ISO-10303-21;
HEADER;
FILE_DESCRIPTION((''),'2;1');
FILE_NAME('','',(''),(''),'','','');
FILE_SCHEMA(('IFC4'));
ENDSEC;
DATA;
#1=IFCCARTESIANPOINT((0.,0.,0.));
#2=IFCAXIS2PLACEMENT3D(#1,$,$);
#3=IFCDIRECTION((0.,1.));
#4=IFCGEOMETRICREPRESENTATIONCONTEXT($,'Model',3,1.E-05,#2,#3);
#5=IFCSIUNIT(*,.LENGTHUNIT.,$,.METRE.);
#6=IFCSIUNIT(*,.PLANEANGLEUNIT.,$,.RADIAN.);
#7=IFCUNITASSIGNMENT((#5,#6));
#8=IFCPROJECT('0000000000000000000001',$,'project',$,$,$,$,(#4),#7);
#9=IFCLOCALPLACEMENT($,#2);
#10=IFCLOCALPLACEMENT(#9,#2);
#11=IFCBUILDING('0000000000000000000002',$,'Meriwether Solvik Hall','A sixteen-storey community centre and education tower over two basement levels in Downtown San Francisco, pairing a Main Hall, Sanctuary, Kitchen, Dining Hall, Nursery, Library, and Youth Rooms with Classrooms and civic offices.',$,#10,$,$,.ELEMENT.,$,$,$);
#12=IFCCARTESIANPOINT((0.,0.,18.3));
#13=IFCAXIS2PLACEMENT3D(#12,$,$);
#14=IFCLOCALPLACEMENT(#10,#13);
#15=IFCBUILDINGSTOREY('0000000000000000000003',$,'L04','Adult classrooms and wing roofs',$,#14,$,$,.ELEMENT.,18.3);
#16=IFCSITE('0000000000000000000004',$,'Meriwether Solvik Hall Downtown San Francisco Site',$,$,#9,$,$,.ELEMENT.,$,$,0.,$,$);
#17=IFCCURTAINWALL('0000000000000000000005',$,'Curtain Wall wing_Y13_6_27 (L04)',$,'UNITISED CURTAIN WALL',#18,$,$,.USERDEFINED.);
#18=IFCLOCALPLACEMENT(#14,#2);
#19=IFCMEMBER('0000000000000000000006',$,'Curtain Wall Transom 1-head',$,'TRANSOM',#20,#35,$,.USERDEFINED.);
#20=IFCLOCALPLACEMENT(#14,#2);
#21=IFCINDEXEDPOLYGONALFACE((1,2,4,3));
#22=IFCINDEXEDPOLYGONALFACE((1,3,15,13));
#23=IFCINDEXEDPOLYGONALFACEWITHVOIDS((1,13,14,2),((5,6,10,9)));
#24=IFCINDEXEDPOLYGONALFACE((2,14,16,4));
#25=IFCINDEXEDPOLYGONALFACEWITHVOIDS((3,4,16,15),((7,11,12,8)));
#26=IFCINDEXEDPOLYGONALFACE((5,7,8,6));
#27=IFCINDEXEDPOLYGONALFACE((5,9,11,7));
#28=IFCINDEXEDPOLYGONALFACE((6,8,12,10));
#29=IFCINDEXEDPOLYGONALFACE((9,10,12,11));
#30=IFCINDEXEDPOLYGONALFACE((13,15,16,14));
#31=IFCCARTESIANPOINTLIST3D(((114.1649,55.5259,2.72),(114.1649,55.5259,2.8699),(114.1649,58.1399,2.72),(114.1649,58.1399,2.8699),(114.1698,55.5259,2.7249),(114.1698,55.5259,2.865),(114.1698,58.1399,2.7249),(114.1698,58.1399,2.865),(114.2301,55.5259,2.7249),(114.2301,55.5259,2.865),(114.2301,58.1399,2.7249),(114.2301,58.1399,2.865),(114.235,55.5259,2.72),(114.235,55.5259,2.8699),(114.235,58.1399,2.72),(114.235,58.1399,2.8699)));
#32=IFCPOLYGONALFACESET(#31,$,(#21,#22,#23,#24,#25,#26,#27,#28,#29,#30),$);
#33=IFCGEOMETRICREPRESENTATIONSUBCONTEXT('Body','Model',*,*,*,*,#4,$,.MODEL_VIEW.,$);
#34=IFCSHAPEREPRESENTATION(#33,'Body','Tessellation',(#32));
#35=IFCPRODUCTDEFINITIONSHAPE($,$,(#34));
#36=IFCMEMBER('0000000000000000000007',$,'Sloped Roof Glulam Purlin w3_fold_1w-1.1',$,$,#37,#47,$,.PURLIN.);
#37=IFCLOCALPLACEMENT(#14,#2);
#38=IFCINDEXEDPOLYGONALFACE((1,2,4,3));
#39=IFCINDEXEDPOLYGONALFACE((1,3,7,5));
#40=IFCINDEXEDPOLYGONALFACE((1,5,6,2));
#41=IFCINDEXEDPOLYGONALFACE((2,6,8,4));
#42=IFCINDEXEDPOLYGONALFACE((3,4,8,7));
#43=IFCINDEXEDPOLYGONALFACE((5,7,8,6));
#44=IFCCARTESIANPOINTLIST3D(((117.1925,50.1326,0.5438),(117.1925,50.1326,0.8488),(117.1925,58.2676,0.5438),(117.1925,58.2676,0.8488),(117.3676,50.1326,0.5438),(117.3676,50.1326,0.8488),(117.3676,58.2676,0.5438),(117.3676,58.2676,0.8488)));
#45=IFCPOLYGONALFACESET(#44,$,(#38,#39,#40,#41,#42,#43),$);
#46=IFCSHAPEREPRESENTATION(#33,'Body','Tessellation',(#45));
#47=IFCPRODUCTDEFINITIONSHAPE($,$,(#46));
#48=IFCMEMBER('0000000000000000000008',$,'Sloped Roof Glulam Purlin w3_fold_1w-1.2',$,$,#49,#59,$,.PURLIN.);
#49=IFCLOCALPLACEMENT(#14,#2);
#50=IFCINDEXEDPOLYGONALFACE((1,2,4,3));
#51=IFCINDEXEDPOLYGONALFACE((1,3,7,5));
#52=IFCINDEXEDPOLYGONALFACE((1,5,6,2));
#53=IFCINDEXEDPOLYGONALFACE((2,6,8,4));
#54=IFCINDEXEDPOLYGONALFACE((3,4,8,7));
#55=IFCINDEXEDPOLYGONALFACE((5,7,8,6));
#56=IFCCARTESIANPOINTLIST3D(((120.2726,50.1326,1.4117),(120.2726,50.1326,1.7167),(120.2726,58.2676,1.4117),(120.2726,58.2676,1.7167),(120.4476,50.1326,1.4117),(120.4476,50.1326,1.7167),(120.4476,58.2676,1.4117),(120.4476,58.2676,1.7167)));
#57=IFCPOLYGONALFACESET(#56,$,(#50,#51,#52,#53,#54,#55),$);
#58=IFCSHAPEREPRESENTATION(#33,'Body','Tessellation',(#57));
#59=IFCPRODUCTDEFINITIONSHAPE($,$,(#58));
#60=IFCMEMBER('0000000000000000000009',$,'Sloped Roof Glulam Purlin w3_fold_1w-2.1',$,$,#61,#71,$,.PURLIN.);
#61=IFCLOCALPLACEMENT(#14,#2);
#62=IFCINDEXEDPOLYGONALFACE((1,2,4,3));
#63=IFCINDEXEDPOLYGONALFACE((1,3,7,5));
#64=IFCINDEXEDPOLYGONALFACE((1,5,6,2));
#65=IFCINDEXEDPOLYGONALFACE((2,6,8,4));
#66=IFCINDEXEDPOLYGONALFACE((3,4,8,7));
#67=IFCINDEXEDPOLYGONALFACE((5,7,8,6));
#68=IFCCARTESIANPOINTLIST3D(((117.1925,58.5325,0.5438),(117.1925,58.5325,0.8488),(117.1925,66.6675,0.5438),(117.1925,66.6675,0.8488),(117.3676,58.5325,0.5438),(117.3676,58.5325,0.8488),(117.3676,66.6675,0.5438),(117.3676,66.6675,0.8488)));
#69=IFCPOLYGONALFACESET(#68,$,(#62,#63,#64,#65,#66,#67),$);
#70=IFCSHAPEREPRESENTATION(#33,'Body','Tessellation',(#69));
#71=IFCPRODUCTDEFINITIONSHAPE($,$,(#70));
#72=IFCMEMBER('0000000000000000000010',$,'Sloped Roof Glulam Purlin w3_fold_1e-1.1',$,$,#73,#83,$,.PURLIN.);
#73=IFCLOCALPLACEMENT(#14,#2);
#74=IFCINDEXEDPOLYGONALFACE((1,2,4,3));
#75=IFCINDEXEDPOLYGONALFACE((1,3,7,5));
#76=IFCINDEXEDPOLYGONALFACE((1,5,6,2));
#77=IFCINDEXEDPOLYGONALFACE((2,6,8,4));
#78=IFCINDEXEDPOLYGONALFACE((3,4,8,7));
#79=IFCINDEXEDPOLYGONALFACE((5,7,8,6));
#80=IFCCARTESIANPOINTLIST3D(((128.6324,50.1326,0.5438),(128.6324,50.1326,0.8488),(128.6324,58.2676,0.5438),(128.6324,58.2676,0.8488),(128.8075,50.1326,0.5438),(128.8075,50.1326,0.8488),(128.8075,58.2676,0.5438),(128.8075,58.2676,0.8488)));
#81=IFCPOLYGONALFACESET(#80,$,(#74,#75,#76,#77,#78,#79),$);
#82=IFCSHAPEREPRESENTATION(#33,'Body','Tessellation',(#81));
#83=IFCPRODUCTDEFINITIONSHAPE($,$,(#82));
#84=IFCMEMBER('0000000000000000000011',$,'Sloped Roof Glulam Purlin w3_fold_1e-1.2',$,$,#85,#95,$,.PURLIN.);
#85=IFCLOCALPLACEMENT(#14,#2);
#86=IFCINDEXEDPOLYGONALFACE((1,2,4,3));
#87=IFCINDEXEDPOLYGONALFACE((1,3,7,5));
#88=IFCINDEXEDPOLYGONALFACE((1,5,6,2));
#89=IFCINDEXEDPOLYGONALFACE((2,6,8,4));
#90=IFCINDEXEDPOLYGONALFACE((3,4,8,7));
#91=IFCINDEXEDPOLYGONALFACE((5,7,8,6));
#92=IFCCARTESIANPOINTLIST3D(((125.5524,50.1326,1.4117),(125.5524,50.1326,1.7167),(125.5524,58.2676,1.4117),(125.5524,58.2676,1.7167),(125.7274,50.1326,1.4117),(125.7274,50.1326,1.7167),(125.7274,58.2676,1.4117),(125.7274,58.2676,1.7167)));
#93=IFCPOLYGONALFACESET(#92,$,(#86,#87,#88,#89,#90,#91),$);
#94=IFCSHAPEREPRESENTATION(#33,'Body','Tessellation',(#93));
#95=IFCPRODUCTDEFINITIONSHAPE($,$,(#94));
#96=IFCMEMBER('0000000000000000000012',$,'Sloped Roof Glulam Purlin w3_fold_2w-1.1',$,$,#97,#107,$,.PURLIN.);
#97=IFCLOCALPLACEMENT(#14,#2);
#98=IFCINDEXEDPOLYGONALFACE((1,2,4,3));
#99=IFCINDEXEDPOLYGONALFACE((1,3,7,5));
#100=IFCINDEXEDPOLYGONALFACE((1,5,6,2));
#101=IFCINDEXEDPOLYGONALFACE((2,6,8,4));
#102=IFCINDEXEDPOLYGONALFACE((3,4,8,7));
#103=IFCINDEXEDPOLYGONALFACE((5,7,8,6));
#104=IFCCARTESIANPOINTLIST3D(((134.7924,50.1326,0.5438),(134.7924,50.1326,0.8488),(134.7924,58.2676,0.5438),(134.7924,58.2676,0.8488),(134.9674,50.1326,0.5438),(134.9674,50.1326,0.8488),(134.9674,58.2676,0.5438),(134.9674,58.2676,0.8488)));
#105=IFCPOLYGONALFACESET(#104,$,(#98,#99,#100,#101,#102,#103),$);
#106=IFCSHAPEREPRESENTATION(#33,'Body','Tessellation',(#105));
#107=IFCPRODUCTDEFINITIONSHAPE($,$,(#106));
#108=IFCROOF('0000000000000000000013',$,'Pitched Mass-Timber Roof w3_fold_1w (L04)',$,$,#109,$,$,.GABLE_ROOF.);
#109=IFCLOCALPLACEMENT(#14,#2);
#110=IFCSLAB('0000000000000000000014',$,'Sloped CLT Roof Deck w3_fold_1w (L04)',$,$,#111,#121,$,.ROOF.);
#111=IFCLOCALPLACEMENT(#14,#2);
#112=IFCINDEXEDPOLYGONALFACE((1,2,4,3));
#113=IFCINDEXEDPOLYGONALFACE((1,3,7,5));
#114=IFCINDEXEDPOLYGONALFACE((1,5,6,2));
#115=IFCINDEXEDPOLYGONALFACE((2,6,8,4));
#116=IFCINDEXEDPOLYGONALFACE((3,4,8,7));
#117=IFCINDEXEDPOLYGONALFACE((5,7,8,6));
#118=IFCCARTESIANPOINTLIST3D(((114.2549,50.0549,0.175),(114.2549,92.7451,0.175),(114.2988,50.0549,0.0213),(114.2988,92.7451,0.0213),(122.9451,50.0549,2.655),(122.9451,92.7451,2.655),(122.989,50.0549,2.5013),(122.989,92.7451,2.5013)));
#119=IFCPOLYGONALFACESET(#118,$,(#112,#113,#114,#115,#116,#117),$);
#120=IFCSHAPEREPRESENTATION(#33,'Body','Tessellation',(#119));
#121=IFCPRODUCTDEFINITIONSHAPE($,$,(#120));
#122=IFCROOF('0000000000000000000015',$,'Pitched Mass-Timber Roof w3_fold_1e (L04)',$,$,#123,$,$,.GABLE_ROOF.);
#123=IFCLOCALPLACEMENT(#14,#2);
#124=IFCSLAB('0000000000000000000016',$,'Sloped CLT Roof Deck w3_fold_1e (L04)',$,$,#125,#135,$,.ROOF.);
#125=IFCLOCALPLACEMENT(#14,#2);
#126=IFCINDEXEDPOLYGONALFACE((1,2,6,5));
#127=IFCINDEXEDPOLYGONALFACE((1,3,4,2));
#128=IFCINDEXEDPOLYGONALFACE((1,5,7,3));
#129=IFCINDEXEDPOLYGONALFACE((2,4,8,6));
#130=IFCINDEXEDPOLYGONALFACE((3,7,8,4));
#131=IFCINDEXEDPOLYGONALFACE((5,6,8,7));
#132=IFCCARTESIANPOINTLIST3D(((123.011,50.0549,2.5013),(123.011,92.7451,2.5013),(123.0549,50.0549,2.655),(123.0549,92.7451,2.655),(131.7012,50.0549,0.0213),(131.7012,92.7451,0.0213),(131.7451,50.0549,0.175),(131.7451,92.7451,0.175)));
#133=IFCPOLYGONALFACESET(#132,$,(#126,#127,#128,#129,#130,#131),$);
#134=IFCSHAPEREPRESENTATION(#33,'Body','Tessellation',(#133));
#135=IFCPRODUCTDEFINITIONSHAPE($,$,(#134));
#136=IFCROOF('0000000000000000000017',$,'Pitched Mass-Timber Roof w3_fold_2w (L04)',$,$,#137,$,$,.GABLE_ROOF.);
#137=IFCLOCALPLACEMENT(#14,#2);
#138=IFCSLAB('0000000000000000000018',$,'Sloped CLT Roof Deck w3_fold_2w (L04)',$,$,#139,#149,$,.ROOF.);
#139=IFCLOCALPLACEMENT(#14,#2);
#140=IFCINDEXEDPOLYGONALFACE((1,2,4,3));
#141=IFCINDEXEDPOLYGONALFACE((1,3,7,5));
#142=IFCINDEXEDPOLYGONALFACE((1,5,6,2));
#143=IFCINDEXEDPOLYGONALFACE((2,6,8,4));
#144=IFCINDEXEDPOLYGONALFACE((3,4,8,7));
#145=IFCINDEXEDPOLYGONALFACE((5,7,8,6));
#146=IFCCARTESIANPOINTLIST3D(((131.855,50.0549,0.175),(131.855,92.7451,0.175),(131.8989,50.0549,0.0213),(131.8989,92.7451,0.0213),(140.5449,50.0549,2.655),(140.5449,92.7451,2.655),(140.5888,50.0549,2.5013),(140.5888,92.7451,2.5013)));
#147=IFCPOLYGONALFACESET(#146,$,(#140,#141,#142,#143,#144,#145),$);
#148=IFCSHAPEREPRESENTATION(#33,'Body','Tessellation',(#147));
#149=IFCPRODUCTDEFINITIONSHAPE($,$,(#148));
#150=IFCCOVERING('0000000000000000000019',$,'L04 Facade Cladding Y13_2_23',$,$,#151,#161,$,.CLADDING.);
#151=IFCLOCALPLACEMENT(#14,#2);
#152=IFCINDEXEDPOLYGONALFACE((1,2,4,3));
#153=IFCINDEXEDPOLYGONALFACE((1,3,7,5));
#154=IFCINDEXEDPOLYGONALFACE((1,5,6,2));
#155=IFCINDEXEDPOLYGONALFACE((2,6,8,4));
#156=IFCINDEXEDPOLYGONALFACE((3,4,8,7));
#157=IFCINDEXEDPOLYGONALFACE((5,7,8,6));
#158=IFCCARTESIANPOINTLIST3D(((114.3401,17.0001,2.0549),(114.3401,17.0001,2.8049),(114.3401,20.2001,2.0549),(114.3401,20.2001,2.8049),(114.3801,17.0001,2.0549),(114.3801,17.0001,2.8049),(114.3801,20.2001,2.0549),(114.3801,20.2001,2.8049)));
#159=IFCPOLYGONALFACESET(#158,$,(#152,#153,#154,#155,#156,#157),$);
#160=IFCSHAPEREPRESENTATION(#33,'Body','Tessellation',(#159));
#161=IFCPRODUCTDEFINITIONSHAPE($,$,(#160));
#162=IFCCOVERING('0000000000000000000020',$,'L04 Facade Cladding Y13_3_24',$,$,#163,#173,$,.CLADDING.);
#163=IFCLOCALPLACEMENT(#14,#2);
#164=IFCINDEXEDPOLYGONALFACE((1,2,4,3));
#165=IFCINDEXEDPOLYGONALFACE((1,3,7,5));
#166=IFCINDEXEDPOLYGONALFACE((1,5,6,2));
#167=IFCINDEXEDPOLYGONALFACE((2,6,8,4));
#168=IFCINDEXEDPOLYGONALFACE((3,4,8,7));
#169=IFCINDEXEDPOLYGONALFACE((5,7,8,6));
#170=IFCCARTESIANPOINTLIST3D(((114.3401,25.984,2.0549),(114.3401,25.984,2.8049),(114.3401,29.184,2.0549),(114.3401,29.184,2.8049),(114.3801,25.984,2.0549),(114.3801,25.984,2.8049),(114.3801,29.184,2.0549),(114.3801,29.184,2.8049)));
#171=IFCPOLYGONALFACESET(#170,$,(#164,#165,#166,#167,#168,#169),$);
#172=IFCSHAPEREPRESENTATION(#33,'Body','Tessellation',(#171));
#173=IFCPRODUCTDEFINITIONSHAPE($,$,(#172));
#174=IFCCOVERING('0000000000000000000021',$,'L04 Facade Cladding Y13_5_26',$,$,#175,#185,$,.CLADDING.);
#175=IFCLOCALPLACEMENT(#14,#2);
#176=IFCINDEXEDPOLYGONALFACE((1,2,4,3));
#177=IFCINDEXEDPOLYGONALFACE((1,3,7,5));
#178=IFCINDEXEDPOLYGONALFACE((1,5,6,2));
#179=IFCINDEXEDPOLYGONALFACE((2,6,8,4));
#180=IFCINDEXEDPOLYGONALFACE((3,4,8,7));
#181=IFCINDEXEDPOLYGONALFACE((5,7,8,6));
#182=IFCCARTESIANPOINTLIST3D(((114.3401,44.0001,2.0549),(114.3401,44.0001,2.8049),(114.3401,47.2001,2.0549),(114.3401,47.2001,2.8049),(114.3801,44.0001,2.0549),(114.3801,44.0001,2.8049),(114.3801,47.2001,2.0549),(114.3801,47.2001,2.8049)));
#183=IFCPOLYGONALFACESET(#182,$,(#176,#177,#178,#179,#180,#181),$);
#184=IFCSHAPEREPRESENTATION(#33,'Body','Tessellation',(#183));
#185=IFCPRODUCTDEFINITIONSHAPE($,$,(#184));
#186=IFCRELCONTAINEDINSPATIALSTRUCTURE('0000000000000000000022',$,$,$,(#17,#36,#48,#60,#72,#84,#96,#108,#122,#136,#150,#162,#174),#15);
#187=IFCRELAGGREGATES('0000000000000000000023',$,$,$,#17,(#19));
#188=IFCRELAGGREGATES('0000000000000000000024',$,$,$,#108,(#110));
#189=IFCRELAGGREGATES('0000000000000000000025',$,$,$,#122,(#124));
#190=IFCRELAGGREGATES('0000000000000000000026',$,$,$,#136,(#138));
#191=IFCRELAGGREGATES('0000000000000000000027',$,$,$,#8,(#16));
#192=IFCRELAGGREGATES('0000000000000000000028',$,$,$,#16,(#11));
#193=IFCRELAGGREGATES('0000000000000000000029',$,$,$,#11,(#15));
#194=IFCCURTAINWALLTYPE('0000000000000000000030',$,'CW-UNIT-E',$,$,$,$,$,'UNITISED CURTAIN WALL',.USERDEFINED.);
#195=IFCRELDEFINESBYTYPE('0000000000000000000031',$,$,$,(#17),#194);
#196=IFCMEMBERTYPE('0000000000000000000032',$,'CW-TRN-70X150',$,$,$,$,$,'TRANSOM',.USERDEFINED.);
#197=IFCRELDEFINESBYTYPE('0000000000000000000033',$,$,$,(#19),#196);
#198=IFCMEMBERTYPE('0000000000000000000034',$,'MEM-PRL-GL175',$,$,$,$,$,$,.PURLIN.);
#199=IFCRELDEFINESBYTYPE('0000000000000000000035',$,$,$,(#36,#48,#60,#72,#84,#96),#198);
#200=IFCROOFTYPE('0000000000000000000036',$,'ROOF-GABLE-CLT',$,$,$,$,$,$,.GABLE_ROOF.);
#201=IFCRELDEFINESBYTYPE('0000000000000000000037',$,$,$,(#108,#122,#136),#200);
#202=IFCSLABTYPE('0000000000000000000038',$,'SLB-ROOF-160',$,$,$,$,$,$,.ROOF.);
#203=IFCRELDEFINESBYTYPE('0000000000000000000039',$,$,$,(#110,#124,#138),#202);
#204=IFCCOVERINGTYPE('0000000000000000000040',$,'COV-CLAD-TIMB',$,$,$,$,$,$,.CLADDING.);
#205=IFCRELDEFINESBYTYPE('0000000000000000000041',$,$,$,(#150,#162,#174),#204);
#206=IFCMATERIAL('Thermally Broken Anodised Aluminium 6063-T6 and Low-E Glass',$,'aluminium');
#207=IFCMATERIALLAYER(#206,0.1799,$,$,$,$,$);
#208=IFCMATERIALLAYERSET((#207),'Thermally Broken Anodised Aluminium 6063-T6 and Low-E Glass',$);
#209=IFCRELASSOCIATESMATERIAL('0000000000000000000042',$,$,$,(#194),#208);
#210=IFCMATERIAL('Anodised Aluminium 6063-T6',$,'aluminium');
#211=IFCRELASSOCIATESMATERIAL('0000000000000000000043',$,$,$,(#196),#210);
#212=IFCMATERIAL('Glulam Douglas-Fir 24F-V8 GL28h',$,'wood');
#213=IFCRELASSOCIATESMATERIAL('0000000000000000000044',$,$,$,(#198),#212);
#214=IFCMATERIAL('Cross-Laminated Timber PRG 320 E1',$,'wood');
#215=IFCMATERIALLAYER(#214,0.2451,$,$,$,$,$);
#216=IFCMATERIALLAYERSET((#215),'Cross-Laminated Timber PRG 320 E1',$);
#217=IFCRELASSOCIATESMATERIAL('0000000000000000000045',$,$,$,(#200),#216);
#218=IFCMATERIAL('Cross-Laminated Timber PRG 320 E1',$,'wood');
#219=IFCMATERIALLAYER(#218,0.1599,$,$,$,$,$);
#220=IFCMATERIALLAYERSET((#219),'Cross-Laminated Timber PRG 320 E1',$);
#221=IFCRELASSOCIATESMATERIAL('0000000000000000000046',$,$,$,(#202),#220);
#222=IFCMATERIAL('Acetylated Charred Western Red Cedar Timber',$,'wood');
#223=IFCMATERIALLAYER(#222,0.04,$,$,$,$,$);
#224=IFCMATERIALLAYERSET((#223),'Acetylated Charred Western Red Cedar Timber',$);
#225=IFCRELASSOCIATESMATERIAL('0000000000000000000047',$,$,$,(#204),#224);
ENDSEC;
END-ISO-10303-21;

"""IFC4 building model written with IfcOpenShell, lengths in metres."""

from ifc_helpers import new_model, si_unit, direction, frame, origin, origin_2d, place, context, subcontext, project, spatial, polyline, rectangle, hollow_rectangle, outline, extrude, material, layer, layer_set, material_profile, profile_set, type_object, element, aggregate, save


model = new_model("IFC4")

# Units and contexts
model_context = context("Model", 3, precision=1e-05, world=origin(), true_north=direction((0.0, 1.0)))
body_context = subcontext(model_context, "Body", "Model", "MODEL_VIEW")
ifc_project = project(units=[si_unit("LENGTHUNIT", "METRE"), si_unit("PLANEANGLEUNIT", "RADIAN")], contexts=[model_context])

# Site, building, storey
site_placement = place(None, origin())
site = spatial("IfcSite", under=ifc_project, at=site_placement, Name="Meriwether Solvik Hall Downtown San Francisco Site", CompositionType="ELEMENT", RefElevation=0.0)
building_placement = place(site_placement, origin())
building = spatial("IfcBuilding", under=site, at=building_placement, Name="Meriwether Solvik Hall", Description="A sixteen-storey community centre and education tower over two basement levels in Downtown San Francisco, pairing a Main Hall, Sanctuary, Kitchen, Dining Hall, Nursery, Library, and Youth Rooms with Classrooms and civic offices.", CompositionType="ELEMENT")
storey_placement = place(building_placement, frame((0.0, 0.0, 18.3)))
storey = spatial("IfcBuildingStorey", under=building, at=storey_placement, Name="L04", Description="Adult classrooms and wing roofs", CompositionType="ELEMENT", Elevation=18.3)

# Curtain wall, member
ifc_material_1 = material(Name="Thermally Broken Anodised Aluminium 6063-T6 and Low-E Glass", Category="aluminium")
ifc_layer_1 = layer(ifc_material_1, 0.1799)
ifc_layer_set_1 = layer_set([ifc_layer_1], Name="Thermally Broken Anodised Aluminium 6063-T6 and Low-E Glass")
curtain_wall_type = type_object("IfcCurtainWallType", Name="CW-UNIT-E", ElementType="UNITISED CURTAIN WALL", PredefinedType="USERDEFINED", material=ifc_layer_set_1)
curtain_wall_placement = place(storey_placement, origin())
curtain_wall = element("IfcCurtainWall", 1, at=curtain_wall_placement, inside=storey, type_object=curtain_wall_type, Name="Curtain Wall wing_Y13_6_27 (L04)", ObjectType="UNITISED CURTAIN WALL", PredefinedType="USERDEFINED")
ifc_material_2 = material(Name="Anodised Aluminium 6063-T6", Category="aluminium")
ifc_material_profile_1 = material_profile(ifc_material_2, hollow_rectangle(XDim=0.0701, YDim=0.1499, WallThickness=0.0049, at=origin_2d()), Name="CWT-70X150")
ifc_profile_set_1 = profile_set([ifc_material_profile_1], Name="Anodised Aluminium 6063-T6")
member_type_1 = type_object("IfcMemberType", Name="CW-TRN-70X150", ElementType="TRANSOM", PredefinedType="USERDEFINED", material=ifc_profile_set_1)
member_1_placement = place(storey_placement, frame((114.2, 58.1399, 2.7949), z_axis=(0.0, -1.0, 0.0), x_axis=(1.0, 0.0, 0.0)))
member_1 = element("IfcMember", 2, at=member_1_placement, type_object=member_type_1, Name="Curtain Wall Transom 1-head", ObjectType="TRANSOM", PredefinedType="USERDEFINED", context=body_context, shape_type="SweptSolid", body=[
    extrude(hollow_rectangle(XDim=0.0701, YDim=0.1499, WallThickness=0.0049, at=origin_2d()), origin(), (0.0, 0.0, 1.0), 2.614),
])
aggregate(curtain_wall, [member_1])

# Members
ifc_material_3 = material(Name="Glulam Douglas-Fir 24F-V8 GL28h", Category="wood")
ifc_material_profile_2 = material_profile(ifc_material_3, rectangle(XDim=0.175, YDim=0.3049, at=origin_2d()), Name="GLM-175X305")
ifc_profile_set_2 = profile_set([ifc_material_profile_2], Name="Glulam Douglas-Fir 24F-V8 GL28h")
member_type_2 = type_object("IfcMemberType", Name="MEM-PRL-GL175", PredefinedType="PURLIN", material=ifc_profile_set_2)
for number, where, z_axis, x_axis, name in (
    (3, (117.28, 50.1326, 0.6963), (0.0, 1.0, 0.0), (-1.0, 0.0, 0.0), "Sloped Roof Glulam Purlin w3_fold_1w-1.1"),
    (4, (120.3601, 50.1326, 1.5642), (0.0, 1.0, 0.0), (-1.0, 0.0, 0.0), "Sloped Roof Glulam Purlin w3_fold_1w-1.2"),
    (5, (117.28, 58.5325, 0.6963), (0.0, 1.0, 0.0), (-1.0, 0.0, 0.0), "Sloped Roof Glulam Purlin w3_fold_1w-2.1"),
    (6, (128.72, 50.1326, 0.6963), (0.0, 1.0, 0.0), (-1.0, 0.0, 0.0), "Sloped Roof Glulam Purlin w3_fold_1e-1.1"),
    (7, (125.6399, 50.1326, 1.5642), (0.0, 1.0, 0.0), (-1.0, 0.0, 0.0), "Sloped Roof Glulam Purlin w3_fold_1e-1.2"),
    (8, (134.8799, 50.1326, 0.6963), (0.0, 1.0, 0.0), (-1.0, 0.0, 0.0), "Sloped Roof Glulam Purlin w3_fold_2w-1.1"),
):
    element("IfcMember", number, at=place(storey_placement, frame(where, z_axis=z_axis, x_axis=x_axis)), inside=storey, type_object=member_type_2, Name=name, PredefinedType="PURLIN", context=body_context, shape_type="SweptSolid", body=[
        extrude(rectangle(XDim=0.175, YDim=0.3049, at=origin_2d()), origin(), (0.0, 0.0, 1.0), 8.135),
    ])

# Roofs, slabs
ifc_material_4 = material(Name="Cross-Laminated Timber PRG 320 E1", Category="wood")
ifc_layer_2 = layer(ifc_material_4, 0.2451)
ifc_layer_set_2 = layer_set([ifc_layer_2], Name="Cross-Laminated Timber PRG 320 E1")
roof_type = type_object("IfcRoofType", Name="ROOF-GABLE-CLT", PredefinedType="GABLE_ROOF", material=ifc_layer_set_2)
roof_1_placement = place(storey_placement, origin())
roof_1 = element("IfcRoof", 9, at=roof_1_placement, inside=storey, type_object=roof_type, Name="Pitched Mass-Timber Roof w3_fold_1w (L04)", PredefinedType="GABLE_ROOF")
ifc_material_5 = material(Name="Cross-Laminated Timber PRG 320 E1", Category="wood")
ifc_layer_3 = layer(ifc_material_5, 0.1599)
ifc_layer_set_3 = layer_set([ifc_layer_3], Name="Cross-Laminated Timber PRG 320 E1")
slab_type = type_object("IfcSlabType", Name="SLB-ROOF-160", PredefinedType="ROOF", material=ifc_layer_set_3)
slab_1_placement = place(storey_placement, frame((114.2549, 50.0549, 0.175), z_axis=(-0.274421, 0.0, 0.96161), x_axis=(0.96161, 0.0, 0.274421)))
slab_1 = element("IfcSlab", 10, at=slab_1_placement, type_object=slab_type, Name="Sloped CLT Roof Deck w3_fold_1w (L04)", PredefinedType="ROOF", context=body_context, shape_type="SweptSolid", body=[
    extrude(outline(polyline([(0.0, 0.0), (9.0371, 0.0), (9.0371, 42.6902), (0.0, 42.6902), (0.0, 0.0)])), origin(), (0.0, 0.0, -1.0), 0.1599),
])
aggregate(roof_1, [slab_1])
roof_2_placement = place(storey_placement, origin())
roof_2 = element("IfcRoof", 11, at=roof_2_placement, inside=storey, type_object=roof_type, Name="Pitched Mass-Timber Roof w3_fold_1e (L04)", PredefinedType="GABLE_ROOF")
slab_2_placement = place(storey_placement, frame((123.0549, 50.0549, 2.655), z_axis=(0.274421, 0.0, 0.96161), x_axis=(0.96161, 0.0, -0.274421)))
slab_2 = element("IfcSlab", 12, at=slab_2_placement, type_object=slab_type, Name="Sloped CLT Roof Deck w3_fold_1e (L04)", PredefinedType="ROOF", context=body_context, shape_type="SweptSolid", body=[
    extrude(outline(polyline([(0.0, 0.0), (9.0371, 0.0), (9.0371, 42.6902), (0.0, 42.6902), (0.0, 0.0)])), origin(), (0.0, 0.0, -1.0), 0.1599),
])
aggregate(roof_2, [slab_2])
roof_3_placement = place(storey_placement, origin())
roof_3 = element("IfcRoof", 13, at=roof_3_placement, inside=storey, type_object=roof_type, Name="Pitched Mass-Timber Roof w3_fold_2w (L04)", PredefinedType="GABLE_ROOF")
slab_3_placement = place(storey_placement, frame((131.855, 50.0549, 0.175), z_axis=(-0.274429, 0.0, 0.961607), x_axis=(0.961607, 0.0, 0.274429)))
slab_3 = element("IfcSlab", 14, at=slab_3_placement, type_object=slab_type, Name="Sloped CLT Roof Deck w3_fold_2w (L04)", PredefinedType="ROOF", context=body_context, shape_type="SweptSolid", body=[
    extrude(outline(polyline([(0.0, 0.0), (9.0369, 0.0), (9.0369, 42.6902), (0.0, 42.6902), (0.0, 0.0)])), origin(), (0.0, 0.0, -1.0), 0.1599),
])
aggregate(roof_3, [slab_3])

# Coverings
ifc_material_6 = material(Name="Acetylated Charred Western Red Cedar Timber", Category="wood")
ifc_layer_4 = layer(ifc_material_6, 0.04)
ifc_layer_set_4 = layer_set([ifc_layer_4], Name="Acetylated Charred Western Red Cedar Timber")
covering_type = type_object("IfcCoveringType", Name="COV-CLAD-TIMB", PredefinedType="CLADDING", material=ifc_layer_set_4)
for number, where, z_axis, x_axis, name in (
    (15, (114.3601, 18.6001, 2.0549), (0.0, 0.0, 1.0), (0.0, -1.0, 0.0), "L04 Facade Cladding Y13_2_23"),
    (16, (114.3601, 27.584, 2.0549), (0.0, 0.0, 1.0), (0.0, -1.0, 0.0), "L04 Facade Cladding Y13_3_24"),
    (17, (114.3601, 45.6001, 2.0549), (0.0, 0.0, 1.0), (0.0, -1.0, 0.0), "L04 Facade Cladding Y13_5_26"),
):
    element("IfcCovering", number, at=place(storey_placement, frame(where, z_axis=z_axis, x_axis=x_axis)), inside=storey, type_object=covering_type, Name=name, PredefinedType="CLADDING", context=body_context, shape_type="SweptSolid", body=[
        extrude(rectangle(XDim=3.2, YDim=0.04, at=origin_2d()), origin(), (0.0, 0.0, 1.0), 0.75),
    ])

save(model, "model.ifc")
